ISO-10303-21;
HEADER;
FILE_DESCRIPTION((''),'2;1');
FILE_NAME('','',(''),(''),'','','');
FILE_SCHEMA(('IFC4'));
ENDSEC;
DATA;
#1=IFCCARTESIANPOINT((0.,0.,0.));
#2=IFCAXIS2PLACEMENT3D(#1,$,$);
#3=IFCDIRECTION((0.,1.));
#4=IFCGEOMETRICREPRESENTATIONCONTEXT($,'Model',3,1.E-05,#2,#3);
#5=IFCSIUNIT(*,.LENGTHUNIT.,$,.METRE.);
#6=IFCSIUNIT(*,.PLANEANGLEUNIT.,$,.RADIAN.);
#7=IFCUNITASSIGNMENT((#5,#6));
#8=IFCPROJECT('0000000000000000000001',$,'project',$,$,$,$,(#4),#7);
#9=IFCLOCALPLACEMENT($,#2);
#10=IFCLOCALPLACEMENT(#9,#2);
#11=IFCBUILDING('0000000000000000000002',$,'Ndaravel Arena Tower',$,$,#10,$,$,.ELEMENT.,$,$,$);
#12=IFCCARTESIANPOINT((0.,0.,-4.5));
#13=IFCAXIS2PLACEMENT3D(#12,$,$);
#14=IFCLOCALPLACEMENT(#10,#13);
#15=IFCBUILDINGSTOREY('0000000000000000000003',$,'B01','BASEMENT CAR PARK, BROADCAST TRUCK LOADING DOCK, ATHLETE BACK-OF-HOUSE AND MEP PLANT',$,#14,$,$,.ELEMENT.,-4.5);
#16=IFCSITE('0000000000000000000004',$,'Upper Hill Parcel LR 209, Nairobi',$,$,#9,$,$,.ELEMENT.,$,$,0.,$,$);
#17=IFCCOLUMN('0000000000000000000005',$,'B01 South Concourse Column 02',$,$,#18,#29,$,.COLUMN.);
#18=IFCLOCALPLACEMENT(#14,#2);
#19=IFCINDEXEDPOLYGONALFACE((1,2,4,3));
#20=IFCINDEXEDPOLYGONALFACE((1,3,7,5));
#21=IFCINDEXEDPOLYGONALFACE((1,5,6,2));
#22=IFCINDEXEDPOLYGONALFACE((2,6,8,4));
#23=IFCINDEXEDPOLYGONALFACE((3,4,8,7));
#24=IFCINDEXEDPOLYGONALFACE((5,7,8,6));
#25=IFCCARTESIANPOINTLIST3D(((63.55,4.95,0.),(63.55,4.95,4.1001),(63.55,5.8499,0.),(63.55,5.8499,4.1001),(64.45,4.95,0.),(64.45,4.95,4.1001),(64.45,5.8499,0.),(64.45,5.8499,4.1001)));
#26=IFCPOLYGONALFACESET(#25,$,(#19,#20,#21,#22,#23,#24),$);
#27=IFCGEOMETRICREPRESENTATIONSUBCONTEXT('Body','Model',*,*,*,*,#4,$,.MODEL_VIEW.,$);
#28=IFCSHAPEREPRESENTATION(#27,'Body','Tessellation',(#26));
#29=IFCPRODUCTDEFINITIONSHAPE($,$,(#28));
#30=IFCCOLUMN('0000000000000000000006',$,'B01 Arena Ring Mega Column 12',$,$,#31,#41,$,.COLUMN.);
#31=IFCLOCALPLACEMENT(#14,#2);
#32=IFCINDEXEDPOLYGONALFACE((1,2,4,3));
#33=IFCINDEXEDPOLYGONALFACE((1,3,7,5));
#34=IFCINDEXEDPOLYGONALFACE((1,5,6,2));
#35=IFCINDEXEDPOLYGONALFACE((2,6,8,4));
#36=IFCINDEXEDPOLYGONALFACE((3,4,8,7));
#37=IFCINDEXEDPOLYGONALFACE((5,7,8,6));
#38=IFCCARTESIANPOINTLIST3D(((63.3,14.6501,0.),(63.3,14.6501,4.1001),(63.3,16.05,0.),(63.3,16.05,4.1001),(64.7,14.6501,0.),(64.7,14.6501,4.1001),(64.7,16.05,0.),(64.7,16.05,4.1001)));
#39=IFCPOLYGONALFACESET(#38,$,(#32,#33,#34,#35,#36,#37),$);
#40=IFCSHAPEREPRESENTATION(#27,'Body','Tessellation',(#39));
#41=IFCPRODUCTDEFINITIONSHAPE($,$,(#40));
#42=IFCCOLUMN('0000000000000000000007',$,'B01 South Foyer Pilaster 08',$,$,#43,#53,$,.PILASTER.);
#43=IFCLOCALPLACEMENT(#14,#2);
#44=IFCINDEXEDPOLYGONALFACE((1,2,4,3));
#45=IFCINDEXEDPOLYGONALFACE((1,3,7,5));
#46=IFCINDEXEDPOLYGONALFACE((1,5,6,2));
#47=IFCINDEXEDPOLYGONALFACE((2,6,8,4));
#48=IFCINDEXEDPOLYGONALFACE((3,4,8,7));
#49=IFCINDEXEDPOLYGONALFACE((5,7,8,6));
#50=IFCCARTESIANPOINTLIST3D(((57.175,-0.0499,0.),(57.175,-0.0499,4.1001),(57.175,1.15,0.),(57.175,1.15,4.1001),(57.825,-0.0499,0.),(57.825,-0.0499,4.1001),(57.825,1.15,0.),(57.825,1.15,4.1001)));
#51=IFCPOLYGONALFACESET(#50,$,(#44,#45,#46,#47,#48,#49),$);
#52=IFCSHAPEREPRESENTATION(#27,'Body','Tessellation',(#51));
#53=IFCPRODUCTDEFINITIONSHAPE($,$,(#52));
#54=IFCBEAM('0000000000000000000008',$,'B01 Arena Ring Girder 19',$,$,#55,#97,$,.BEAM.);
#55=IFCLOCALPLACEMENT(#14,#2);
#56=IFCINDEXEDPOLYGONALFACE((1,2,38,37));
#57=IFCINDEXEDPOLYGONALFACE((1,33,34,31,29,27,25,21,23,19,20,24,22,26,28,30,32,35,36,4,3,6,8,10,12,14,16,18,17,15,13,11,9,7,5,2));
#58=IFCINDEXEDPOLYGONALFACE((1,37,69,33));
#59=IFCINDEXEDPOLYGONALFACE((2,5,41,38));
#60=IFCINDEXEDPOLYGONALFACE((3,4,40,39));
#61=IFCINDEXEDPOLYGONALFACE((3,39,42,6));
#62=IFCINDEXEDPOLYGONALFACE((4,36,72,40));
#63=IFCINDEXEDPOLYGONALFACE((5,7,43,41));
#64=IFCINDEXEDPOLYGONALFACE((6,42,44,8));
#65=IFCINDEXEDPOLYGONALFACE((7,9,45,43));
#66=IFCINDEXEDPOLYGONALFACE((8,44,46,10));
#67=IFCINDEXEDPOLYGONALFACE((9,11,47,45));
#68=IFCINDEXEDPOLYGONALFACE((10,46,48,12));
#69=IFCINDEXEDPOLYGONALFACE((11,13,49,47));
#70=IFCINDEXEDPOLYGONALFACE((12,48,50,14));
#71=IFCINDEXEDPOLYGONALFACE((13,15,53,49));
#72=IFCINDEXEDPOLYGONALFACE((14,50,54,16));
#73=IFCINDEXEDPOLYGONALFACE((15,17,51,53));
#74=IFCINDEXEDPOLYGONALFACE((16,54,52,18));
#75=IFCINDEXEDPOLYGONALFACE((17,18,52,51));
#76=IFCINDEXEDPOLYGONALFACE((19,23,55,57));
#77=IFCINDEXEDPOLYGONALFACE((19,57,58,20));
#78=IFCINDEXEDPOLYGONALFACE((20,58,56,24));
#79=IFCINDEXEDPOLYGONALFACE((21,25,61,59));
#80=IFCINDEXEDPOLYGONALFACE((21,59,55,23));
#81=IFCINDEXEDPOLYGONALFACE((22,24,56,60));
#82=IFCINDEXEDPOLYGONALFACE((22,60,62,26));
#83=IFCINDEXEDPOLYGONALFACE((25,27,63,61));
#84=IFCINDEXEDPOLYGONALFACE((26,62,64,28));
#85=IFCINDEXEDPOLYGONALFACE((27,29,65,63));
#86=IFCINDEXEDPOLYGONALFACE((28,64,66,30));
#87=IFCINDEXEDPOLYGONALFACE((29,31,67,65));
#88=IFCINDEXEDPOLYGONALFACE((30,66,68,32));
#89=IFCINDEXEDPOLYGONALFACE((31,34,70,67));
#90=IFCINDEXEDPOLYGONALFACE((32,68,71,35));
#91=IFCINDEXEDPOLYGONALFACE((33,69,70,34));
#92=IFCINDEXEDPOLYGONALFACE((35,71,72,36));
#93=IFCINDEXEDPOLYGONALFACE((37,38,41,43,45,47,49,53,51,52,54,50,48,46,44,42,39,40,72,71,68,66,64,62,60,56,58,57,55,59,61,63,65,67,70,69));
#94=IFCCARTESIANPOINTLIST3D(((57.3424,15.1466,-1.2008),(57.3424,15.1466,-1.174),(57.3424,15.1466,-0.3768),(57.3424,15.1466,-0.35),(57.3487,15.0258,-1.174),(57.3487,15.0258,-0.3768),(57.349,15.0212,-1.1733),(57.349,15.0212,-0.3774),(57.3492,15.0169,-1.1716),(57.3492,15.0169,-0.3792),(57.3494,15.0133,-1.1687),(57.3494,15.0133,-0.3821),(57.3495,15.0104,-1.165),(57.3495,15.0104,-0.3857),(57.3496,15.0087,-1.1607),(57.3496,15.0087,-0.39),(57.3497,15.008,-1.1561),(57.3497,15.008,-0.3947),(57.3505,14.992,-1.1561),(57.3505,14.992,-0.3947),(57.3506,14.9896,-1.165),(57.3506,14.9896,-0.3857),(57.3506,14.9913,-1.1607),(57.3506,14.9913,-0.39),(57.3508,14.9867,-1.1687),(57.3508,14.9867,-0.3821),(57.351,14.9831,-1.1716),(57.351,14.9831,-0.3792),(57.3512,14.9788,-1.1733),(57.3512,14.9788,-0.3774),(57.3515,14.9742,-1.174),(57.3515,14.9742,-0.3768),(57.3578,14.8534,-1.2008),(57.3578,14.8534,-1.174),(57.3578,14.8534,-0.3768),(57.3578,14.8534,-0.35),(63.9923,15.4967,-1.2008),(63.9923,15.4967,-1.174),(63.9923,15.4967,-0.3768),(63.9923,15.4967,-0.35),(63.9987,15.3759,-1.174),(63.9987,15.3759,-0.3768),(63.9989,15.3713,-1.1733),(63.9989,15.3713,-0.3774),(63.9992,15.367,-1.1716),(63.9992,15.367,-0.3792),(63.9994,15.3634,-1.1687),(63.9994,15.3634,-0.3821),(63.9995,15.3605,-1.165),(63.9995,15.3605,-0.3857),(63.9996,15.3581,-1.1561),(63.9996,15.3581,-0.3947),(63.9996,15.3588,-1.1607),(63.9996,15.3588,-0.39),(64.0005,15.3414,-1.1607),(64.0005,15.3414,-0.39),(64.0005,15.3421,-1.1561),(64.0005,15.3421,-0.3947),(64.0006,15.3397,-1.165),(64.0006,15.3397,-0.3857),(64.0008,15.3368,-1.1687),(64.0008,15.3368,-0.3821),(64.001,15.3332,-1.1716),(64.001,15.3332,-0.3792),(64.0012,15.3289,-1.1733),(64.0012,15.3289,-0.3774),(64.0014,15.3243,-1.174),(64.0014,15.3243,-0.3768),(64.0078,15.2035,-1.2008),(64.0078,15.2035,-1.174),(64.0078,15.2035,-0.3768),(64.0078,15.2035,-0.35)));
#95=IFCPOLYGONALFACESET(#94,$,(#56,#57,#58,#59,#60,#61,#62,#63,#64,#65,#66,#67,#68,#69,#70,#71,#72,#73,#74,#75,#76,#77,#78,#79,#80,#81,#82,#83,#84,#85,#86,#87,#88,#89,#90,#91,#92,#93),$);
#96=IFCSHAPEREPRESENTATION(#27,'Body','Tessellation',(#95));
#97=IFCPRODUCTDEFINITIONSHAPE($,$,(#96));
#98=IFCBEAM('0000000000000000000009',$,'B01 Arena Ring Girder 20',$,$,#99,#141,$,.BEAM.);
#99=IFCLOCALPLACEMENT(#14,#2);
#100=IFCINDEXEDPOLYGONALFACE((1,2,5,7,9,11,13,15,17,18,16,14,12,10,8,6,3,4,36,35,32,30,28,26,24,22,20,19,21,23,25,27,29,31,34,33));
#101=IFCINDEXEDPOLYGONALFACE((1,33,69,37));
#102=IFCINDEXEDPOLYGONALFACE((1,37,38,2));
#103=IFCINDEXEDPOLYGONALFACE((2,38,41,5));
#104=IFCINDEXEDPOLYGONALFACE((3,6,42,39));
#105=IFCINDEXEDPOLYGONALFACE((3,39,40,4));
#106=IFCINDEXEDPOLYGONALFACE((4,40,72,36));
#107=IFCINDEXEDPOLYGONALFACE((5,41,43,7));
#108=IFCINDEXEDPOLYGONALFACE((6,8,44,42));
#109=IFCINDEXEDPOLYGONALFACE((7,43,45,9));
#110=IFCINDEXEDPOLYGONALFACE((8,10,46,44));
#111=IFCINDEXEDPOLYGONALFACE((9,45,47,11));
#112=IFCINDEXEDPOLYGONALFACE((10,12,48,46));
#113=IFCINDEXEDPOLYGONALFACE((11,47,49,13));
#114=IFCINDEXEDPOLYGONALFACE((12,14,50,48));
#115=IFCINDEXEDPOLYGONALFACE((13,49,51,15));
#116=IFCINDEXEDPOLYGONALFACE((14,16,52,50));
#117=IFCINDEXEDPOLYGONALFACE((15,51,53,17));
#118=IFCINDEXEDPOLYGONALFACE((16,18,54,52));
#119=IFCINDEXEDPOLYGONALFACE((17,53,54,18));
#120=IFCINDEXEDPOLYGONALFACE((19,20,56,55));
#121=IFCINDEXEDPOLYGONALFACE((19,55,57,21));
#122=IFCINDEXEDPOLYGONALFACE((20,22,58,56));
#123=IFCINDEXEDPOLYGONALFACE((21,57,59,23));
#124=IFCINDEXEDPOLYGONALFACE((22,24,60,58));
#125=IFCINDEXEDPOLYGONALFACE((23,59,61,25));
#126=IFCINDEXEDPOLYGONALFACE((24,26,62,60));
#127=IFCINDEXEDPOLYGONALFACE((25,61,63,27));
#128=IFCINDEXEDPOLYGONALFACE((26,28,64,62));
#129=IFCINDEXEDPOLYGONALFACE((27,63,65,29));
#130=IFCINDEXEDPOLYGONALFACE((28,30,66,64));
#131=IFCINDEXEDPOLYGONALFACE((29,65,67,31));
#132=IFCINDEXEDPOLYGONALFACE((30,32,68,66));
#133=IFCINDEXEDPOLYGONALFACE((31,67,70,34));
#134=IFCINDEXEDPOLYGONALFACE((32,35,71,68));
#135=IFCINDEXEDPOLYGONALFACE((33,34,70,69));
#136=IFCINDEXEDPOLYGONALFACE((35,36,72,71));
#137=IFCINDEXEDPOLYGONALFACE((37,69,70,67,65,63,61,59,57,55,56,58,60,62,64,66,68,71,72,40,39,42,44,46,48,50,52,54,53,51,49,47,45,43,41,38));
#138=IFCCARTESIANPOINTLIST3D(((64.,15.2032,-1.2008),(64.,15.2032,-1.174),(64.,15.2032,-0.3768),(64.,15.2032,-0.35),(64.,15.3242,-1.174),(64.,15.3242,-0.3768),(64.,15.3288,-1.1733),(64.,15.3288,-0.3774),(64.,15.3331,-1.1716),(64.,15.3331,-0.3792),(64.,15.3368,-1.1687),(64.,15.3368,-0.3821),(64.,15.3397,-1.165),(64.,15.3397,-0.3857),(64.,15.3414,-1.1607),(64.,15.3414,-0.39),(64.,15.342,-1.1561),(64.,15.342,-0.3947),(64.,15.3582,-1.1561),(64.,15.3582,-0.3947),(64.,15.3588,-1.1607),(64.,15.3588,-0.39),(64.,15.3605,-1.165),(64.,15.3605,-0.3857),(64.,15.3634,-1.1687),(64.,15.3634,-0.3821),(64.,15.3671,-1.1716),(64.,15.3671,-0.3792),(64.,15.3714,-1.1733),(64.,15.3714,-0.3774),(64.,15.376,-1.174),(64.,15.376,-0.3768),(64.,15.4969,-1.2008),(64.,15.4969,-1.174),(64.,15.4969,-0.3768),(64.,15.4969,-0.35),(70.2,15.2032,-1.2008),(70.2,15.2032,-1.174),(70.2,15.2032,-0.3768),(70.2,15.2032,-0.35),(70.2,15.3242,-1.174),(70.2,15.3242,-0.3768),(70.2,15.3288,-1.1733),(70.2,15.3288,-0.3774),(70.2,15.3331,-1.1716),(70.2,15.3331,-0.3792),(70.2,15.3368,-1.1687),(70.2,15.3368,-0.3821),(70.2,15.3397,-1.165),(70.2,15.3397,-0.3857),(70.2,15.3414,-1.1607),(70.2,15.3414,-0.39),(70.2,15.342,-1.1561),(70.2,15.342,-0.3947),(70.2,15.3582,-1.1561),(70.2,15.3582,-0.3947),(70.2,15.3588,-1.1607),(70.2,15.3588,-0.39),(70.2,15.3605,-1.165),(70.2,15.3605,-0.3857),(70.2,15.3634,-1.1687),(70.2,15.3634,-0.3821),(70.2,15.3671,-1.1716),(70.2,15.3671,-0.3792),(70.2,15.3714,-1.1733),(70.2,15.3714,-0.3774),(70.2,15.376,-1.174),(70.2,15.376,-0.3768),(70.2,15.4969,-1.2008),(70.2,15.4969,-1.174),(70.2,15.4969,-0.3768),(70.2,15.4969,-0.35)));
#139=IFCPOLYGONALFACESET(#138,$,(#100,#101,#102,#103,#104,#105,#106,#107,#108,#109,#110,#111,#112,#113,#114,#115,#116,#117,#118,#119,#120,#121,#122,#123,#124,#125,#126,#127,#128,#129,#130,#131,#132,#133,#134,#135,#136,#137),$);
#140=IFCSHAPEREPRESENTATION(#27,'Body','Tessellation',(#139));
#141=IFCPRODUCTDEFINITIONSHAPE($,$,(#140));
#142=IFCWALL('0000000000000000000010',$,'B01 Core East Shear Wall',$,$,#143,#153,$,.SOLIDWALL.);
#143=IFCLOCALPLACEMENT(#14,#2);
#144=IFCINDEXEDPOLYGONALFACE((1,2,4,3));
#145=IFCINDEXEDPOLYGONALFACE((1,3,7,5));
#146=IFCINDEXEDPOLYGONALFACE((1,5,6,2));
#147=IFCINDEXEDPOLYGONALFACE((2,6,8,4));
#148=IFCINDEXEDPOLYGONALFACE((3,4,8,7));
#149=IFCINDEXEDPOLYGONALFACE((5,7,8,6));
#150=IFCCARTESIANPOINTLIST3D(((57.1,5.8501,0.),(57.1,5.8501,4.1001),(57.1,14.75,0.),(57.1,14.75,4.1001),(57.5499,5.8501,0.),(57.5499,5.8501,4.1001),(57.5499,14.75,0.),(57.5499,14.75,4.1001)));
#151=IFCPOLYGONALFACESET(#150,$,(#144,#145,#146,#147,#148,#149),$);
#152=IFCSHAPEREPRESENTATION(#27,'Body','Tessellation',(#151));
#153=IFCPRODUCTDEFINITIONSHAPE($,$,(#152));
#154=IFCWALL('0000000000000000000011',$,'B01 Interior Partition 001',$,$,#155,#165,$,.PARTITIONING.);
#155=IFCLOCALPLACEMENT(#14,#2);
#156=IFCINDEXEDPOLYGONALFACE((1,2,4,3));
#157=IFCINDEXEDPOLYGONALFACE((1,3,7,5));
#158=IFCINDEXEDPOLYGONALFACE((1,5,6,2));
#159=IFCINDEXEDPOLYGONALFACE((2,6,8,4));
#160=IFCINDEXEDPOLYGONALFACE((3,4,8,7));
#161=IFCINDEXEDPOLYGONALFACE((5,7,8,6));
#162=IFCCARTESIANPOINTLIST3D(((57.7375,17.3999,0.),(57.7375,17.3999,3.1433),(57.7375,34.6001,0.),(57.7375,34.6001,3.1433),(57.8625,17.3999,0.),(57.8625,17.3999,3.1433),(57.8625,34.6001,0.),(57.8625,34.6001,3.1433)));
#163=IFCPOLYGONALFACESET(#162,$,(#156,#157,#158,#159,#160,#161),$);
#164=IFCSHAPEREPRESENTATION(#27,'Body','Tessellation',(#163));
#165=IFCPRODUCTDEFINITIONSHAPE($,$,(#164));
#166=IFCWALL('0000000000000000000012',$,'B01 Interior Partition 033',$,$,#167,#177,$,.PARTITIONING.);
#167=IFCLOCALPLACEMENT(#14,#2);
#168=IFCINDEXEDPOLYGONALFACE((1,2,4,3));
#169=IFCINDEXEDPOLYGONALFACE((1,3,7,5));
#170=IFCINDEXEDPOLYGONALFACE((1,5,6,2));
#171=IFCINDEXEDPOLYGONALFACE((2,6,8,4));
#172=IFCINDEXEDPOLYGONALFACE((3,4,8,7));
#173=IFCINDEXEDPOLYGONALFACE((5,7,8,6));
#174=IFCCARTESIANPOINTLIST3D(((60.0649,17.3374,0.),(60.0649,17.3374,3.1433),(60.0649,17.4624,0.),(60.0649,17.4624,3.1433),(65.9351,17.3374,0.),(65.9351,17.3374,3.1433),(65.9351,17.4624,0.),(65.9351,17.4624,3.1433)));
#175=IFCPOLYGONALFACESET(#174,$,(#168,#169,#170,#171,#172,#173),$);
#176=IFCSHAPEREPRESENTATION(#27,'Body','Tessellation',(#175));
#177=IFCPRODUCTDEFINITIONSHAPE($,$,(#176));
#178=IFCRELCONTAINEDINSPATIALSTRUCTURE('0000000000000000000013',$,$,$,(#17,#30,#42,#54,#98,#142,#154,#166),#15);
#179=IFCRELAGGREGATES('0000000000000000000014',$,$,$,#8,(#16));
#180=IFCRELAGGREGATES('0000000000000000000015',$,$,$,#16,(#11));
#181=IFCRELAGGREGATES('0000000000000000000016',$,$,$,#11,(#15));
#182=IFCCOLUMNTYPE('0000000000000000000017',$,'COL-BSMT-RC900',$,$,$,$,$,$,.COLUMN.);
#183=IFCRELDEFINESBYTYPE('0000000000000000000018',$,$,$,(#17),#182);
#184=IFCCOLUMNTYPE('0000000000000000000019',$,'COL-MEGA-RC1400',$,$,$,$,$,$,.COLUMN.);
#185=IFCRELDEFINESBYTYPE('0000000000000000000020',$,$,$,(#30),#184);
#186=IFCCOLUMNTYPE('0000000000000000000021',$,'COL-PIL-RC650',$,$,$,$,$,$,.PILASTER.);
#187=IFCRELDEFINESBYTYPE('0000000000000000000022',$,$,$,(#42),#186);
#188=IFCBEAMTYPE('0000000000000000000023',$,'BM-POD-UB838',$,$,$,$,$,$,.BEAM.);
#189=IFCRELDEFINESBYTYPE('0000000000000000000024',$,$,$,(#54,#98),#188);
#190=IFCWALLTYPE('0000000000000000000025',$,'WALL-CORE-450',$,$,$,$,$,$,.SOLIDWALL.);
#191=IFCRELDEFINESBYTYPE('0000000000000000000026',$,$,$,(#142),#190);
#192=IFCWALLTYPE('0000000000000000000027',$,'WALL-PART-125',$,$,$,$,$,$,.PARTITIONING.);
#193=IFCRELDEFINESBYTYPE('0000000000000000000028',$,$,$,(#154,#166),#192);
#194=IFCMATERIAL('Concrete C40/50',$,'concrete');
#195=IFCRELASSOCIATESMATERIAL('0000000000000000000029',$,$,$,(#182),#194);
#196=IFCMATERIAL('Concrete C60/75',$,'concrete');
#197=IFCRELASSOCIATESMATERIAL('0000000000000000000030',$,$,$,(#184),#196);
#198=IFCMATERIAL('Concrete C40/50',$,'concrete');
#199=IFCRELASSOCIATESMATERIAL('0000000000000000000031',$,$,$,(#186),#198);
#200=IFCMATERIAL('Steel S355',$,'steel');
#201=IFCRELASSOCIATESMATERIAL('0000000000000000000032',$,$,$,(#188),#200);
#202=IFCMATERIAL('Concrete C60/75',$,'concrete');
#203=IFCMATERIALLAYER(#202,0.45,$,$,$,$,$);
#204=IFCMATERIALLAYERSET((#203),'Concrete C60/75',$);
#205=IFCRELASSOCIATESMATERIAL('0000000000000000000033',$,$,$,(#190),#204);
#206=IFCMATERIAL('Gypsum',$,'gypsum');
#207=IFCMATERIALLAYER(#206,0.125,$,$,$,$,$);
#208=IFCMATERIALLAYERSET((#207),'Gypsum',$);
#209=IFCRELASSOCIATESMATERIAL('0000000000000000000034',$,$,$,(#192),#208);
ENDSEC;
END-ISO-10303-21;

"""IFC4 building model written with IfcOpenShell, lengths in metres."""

from ifc_helpers import new_model, si_unit, direction, frame, frame_2d, origin, origin_2d, place, context, subcontext, project, spatial, rectangle, i_section, extrude, material, layer, layer_set, material_profile, profile_set, type_object, element, save


model = new_model("IFC4")

# Units and contexts
model_context = context("Model", 3, precision=1e-05, world=origin(), true_north=direction((0.0, 1.0)))
body_context = subcontext(model_context, "Body", "Model", "MODEL_VIEW")
ifc_project = project(units=[si_unit("LENGTHUNIT", "METRE"), si_unit("PLANEANGLEUNIT", "RADIAN")], contexts=[model_context])

# Site, building, storey
site_placement = place(None, origin())
site = spatial("IfcSite", under=ifc_project, at=site_placement, Name="Upper Hill Parcel LR 209, Nairobi", CompositionType="ELEMENT", RefElevation=0.0)
building_placement = place(site_placement, origin())
building = spatial("IfcBuilding", under=site, at=building_placement, Name="Ndaravel Arena Tower", CompositionType="ELEMENT")
storey_placement = place(building_placement, frame((0.0, 0.0, -4.5)))
storey = spatial("IfcBuildingStorey", under=building, at=storey_placement, Name="B01", Description="BASEMENT CAR PARK, BROADCAST TRUCK LOADING DOCK, ATHLETE BACK-OF-HOUSE AND MEP PLANT", CompositionType="ELEMENT", Elevation=-4.5)

# Columns
ifc_material_1 = material(Name="Concrete C40/50", Category="concrete")
ifc_material_profile_1 = material_profile(ifc_material_1, rectangle(XDim=0.8999, YDim=0.8999, at=origin_2d()), Name="RC 900x900")
ifc_profile_set_1 = profile_set([ifc_material_profile_1], Name="Concrete C40/50")
column_type_1 = type_object("IfcColumnType", Name="COL-BSMT-RC900", PredefinedType="COLUMN", material=ifc_profile_set_1)
column_1_placement = place(storey_placement, frame((64.0, 5.3999, 0.0), z_axis=(0.0, 0.0, 1.0), x_axis=(1.0, 0.0, 0.0)))
element("IfcColumn", 1, at=column_1_placement, inside=storey, type_object=column_type_1, Name="B01 South Concourse Column 02", PredefinedType="COLUMN", context=body_context, shape_type="SweptSolid", body=[
    extrude(rectangle(XDim=0.8999, YDim=0.8999, at=origin_2d()), origin(), (0.0, 0.0, 1.0), 4.1001),
])
ifc_material_2 = material(Name="Concrete C60/75", Category="concrete")
ifc_material_profile_2 = material_profile(ifc_material_2, rectangle(XDim=1.3999, YDim=1.3999, at=origin_2d()), Name="RC 1400x1400")
ifc_profile_set_2 = profile_set([ifc_material_profile_2], Name="Concrete C60/75")
column_type_2 = type_object("IfcColumnType", Name="COL-MEGA-RC1400", PredefinedType="COLUMN", material=ifc_profile_set_2)
column_2_placement = place(storey_placement, frame((64.0, 15.3501, 0.0), z_axis=(0.0, 0.0, 1.0), x_axis=(1.0, 0.0, 0.0)))
element("IfcColumn", 2, at=column_2_placement, inside=storey, type_object=column_type_2, Name="B01 Arena Ring Mega Column 12", PredefinedType="COLUMN", context=body_context, shape_type="SweptSolid", body=[
    extrude(rectangle(XDim=1.3999, YDim=1.3999, at=origin_2d()), origin(), (0.0, 0.0, 1.0), 4.1001),
])
ifc_material_3 = material(Name="Concrete C40/50", Category="concrete")
ifc_material_profile_3 = material_profile(ifc_material_3, rectangle(XDim=0.6499, YDim=1.2, at=origin_2d()), Name="RC 650x1200")
ifc_profile_set_3 = profile_set([ifc_material_profile_3], Name="Concrete C40/50")
column_type_3 = type_object("IfcColumnType", Name="COL-PIL-RC650", PredefinedType="PILASTER", material=ifc_profile_set_3)
column_3_placement = place(storey_placement, frame((57.5, 0.55, 0.0), z_axis=(0.0, 0.0, 1.0), x_axis=(1.0, 0.0, 0.0)))
element("IfcColumn", 3, at=column_3_placement, inside=storey, type_object=column_type_3, Name="B01 South Foyer Pilaster 08", PredefinedType="PILASTER", context=body_context, shape_type="SweptSolid", body=[
    extrude(rectangle(XDim=0.6499, YDim=1.2, at=origin_2d()), origin(), (0.0, 0.0, 1.0), 4.1001),
])

# Beams
ifc_material_4 = material(Name="Steel S355", Category="steel")
ifc_material_profile_4 = material_profile(ifc_material_4, i_section(OverallWidth=0.2937, OverallDepth=0.8508, WebThickness=0.0161, FlangeThickness=0.0269, FilletRadius=0.0178, at=origin_2d()), Name="UB 838x292x226")
ifc_profile_set_4 = profile_set([ifc_material_profile_4], Name="Steel S355")
beam_type = type_object("IfcBeamType", Name="BM-POD-UB838", PredefinedType="BEAM", material=ifc_profile_set_4)
beam_1_placement = place(storey_placement, frame((57.3501, 15.0, -0.7754), z_axis=(0.998617, 0.052574, 0.0), x_axis=(-0.052574, 0.998617, 0.0)))
element("IfcBeam", 4, at=beam_1_placement, inside=storey, type_object=beam_type, Name="B01 Arena Ring Girder 19", PredefinedType="BEAM", context=body_context, shape_type="SweptSolid", body=[
    extrude(i_section(OverallWidth=0.2937, OverallDepth=0.8508, WebThickness=0.0161, FlangeThickness=0.0269, FilletRadius=0.0178, at=origin_2d()), origin(), (0.0, 0.0, 1.0), 6.6592),
])
beam_2_placement = place(storey_placement, frame((64.0, 15.3501, -0.7754), z_axis=(1.0, 0.0, 0.0), x_axis=(0.0, 1.0, 0.0)))
element("IfcBeam", 5, at=beam_2_placement, inside=storey, type_object=beam_type, Name="B01 Arena Ring Girder 20", PredefinedType="BEAM", context=body_context, shape_type="SweptSolid", body=[
    extrude(i_section(OverallWidth=0.2937, OverallDepth=0.8508, WebThickness=0.0161, FlangeThickness=0.0269, FilletRadius=0.0178, at=origin_2d()), origin(), (0.0, 0.0, 1.0), 6.2),
])

# Walls
ifc_material_5 = material(Name="Concrete C60/75", Category="concrete")
ifc_layer_1 = layer(ifc_material_5, 0.45)
ifc_layer_set_1 = layer_set([ifc_layer_1], Name="Concrete C60/75")
wall_type_1 = type_object("IfcWallType", Name="WALL-CORE-450", PredefinedType="SOLIDWALL", material=ifc_layer_set_1)
wall_1_placement = place(storey_placement, frame((57.325, 5.8501, 0.0), z_axis=(0.0, 0.0, 1.0), x_axis=(0.0, 1.0, 0.0)))
element("IfcWall", 6, at=wall_1_placement, inside=storey, type_object=wall_type_1, Name="B01 Core East Shear Wall", PredefinedType="SOLIDWALL", context=body_context, shape_type="SweptSolid", body=[
    extrude(rectangle(XDim=8.8999, YDim=0.45, at=frame_2d((4.45, 0.0))), origin(), (0.0, 0.0, 1.0), 4.1001),
])
ifc_material_6 = material(Name="Gypsum", Category="gypsum")
ifc_layer_2 = layer(ifc_material_6, 0.125)
ifc_layer_set_2 = layer_set([ifc_layer_2], Name="Gypsum")
wall_type_2 = type_object("IfcWallType", Name="WALL-PART-125", PredefinedType="PARTITIONING", material=ifc_layer_set_2)
wall_2_placement = place(storey_placement, frame((57.8, 17.3999, 0.0), z_axis=(0.0, 0.0, 1.0), x_axis=(0.0, 1.0, 0.0)))
element("IfcWall", 7, at=wall_2_placement, inside=storey, type_object=wall_type_2, Name="B01 Interior Partition 001", PredefinedType="PARTITIONING", context=body_context, shape_type="SweptSolid", body=[
    extrude(rectangle(XDim=17.2002, YDim=0.125, at=frame_2d((8.6001, 0.0))), origin(), (0.0, 0.0, 1.0), 3.1433),
])
wall_3_placement = place(storey_placement, frame((60.0649, 17.3999, 0.0), z_axis=(0.0, 0.0, 1.0), x_axis=(1.0, 0.0, 0.0)))
element("IfcWall", 8, at=wall_3_placement, inside=storey, type_object=wall_type_2, Name="B01 Interior Partition 033", PredefinedType="PARTITIONING", context=body_context, shape_type="SweptSolid", body=[
    extrude(rectangle(XDim=5.8701, YDim=0.125, at=frame_2d((2.9351, 0.0))), origin(), (0.0, 0.0, 1.0), 3.1433),
])

save(model, "model.ifc")
